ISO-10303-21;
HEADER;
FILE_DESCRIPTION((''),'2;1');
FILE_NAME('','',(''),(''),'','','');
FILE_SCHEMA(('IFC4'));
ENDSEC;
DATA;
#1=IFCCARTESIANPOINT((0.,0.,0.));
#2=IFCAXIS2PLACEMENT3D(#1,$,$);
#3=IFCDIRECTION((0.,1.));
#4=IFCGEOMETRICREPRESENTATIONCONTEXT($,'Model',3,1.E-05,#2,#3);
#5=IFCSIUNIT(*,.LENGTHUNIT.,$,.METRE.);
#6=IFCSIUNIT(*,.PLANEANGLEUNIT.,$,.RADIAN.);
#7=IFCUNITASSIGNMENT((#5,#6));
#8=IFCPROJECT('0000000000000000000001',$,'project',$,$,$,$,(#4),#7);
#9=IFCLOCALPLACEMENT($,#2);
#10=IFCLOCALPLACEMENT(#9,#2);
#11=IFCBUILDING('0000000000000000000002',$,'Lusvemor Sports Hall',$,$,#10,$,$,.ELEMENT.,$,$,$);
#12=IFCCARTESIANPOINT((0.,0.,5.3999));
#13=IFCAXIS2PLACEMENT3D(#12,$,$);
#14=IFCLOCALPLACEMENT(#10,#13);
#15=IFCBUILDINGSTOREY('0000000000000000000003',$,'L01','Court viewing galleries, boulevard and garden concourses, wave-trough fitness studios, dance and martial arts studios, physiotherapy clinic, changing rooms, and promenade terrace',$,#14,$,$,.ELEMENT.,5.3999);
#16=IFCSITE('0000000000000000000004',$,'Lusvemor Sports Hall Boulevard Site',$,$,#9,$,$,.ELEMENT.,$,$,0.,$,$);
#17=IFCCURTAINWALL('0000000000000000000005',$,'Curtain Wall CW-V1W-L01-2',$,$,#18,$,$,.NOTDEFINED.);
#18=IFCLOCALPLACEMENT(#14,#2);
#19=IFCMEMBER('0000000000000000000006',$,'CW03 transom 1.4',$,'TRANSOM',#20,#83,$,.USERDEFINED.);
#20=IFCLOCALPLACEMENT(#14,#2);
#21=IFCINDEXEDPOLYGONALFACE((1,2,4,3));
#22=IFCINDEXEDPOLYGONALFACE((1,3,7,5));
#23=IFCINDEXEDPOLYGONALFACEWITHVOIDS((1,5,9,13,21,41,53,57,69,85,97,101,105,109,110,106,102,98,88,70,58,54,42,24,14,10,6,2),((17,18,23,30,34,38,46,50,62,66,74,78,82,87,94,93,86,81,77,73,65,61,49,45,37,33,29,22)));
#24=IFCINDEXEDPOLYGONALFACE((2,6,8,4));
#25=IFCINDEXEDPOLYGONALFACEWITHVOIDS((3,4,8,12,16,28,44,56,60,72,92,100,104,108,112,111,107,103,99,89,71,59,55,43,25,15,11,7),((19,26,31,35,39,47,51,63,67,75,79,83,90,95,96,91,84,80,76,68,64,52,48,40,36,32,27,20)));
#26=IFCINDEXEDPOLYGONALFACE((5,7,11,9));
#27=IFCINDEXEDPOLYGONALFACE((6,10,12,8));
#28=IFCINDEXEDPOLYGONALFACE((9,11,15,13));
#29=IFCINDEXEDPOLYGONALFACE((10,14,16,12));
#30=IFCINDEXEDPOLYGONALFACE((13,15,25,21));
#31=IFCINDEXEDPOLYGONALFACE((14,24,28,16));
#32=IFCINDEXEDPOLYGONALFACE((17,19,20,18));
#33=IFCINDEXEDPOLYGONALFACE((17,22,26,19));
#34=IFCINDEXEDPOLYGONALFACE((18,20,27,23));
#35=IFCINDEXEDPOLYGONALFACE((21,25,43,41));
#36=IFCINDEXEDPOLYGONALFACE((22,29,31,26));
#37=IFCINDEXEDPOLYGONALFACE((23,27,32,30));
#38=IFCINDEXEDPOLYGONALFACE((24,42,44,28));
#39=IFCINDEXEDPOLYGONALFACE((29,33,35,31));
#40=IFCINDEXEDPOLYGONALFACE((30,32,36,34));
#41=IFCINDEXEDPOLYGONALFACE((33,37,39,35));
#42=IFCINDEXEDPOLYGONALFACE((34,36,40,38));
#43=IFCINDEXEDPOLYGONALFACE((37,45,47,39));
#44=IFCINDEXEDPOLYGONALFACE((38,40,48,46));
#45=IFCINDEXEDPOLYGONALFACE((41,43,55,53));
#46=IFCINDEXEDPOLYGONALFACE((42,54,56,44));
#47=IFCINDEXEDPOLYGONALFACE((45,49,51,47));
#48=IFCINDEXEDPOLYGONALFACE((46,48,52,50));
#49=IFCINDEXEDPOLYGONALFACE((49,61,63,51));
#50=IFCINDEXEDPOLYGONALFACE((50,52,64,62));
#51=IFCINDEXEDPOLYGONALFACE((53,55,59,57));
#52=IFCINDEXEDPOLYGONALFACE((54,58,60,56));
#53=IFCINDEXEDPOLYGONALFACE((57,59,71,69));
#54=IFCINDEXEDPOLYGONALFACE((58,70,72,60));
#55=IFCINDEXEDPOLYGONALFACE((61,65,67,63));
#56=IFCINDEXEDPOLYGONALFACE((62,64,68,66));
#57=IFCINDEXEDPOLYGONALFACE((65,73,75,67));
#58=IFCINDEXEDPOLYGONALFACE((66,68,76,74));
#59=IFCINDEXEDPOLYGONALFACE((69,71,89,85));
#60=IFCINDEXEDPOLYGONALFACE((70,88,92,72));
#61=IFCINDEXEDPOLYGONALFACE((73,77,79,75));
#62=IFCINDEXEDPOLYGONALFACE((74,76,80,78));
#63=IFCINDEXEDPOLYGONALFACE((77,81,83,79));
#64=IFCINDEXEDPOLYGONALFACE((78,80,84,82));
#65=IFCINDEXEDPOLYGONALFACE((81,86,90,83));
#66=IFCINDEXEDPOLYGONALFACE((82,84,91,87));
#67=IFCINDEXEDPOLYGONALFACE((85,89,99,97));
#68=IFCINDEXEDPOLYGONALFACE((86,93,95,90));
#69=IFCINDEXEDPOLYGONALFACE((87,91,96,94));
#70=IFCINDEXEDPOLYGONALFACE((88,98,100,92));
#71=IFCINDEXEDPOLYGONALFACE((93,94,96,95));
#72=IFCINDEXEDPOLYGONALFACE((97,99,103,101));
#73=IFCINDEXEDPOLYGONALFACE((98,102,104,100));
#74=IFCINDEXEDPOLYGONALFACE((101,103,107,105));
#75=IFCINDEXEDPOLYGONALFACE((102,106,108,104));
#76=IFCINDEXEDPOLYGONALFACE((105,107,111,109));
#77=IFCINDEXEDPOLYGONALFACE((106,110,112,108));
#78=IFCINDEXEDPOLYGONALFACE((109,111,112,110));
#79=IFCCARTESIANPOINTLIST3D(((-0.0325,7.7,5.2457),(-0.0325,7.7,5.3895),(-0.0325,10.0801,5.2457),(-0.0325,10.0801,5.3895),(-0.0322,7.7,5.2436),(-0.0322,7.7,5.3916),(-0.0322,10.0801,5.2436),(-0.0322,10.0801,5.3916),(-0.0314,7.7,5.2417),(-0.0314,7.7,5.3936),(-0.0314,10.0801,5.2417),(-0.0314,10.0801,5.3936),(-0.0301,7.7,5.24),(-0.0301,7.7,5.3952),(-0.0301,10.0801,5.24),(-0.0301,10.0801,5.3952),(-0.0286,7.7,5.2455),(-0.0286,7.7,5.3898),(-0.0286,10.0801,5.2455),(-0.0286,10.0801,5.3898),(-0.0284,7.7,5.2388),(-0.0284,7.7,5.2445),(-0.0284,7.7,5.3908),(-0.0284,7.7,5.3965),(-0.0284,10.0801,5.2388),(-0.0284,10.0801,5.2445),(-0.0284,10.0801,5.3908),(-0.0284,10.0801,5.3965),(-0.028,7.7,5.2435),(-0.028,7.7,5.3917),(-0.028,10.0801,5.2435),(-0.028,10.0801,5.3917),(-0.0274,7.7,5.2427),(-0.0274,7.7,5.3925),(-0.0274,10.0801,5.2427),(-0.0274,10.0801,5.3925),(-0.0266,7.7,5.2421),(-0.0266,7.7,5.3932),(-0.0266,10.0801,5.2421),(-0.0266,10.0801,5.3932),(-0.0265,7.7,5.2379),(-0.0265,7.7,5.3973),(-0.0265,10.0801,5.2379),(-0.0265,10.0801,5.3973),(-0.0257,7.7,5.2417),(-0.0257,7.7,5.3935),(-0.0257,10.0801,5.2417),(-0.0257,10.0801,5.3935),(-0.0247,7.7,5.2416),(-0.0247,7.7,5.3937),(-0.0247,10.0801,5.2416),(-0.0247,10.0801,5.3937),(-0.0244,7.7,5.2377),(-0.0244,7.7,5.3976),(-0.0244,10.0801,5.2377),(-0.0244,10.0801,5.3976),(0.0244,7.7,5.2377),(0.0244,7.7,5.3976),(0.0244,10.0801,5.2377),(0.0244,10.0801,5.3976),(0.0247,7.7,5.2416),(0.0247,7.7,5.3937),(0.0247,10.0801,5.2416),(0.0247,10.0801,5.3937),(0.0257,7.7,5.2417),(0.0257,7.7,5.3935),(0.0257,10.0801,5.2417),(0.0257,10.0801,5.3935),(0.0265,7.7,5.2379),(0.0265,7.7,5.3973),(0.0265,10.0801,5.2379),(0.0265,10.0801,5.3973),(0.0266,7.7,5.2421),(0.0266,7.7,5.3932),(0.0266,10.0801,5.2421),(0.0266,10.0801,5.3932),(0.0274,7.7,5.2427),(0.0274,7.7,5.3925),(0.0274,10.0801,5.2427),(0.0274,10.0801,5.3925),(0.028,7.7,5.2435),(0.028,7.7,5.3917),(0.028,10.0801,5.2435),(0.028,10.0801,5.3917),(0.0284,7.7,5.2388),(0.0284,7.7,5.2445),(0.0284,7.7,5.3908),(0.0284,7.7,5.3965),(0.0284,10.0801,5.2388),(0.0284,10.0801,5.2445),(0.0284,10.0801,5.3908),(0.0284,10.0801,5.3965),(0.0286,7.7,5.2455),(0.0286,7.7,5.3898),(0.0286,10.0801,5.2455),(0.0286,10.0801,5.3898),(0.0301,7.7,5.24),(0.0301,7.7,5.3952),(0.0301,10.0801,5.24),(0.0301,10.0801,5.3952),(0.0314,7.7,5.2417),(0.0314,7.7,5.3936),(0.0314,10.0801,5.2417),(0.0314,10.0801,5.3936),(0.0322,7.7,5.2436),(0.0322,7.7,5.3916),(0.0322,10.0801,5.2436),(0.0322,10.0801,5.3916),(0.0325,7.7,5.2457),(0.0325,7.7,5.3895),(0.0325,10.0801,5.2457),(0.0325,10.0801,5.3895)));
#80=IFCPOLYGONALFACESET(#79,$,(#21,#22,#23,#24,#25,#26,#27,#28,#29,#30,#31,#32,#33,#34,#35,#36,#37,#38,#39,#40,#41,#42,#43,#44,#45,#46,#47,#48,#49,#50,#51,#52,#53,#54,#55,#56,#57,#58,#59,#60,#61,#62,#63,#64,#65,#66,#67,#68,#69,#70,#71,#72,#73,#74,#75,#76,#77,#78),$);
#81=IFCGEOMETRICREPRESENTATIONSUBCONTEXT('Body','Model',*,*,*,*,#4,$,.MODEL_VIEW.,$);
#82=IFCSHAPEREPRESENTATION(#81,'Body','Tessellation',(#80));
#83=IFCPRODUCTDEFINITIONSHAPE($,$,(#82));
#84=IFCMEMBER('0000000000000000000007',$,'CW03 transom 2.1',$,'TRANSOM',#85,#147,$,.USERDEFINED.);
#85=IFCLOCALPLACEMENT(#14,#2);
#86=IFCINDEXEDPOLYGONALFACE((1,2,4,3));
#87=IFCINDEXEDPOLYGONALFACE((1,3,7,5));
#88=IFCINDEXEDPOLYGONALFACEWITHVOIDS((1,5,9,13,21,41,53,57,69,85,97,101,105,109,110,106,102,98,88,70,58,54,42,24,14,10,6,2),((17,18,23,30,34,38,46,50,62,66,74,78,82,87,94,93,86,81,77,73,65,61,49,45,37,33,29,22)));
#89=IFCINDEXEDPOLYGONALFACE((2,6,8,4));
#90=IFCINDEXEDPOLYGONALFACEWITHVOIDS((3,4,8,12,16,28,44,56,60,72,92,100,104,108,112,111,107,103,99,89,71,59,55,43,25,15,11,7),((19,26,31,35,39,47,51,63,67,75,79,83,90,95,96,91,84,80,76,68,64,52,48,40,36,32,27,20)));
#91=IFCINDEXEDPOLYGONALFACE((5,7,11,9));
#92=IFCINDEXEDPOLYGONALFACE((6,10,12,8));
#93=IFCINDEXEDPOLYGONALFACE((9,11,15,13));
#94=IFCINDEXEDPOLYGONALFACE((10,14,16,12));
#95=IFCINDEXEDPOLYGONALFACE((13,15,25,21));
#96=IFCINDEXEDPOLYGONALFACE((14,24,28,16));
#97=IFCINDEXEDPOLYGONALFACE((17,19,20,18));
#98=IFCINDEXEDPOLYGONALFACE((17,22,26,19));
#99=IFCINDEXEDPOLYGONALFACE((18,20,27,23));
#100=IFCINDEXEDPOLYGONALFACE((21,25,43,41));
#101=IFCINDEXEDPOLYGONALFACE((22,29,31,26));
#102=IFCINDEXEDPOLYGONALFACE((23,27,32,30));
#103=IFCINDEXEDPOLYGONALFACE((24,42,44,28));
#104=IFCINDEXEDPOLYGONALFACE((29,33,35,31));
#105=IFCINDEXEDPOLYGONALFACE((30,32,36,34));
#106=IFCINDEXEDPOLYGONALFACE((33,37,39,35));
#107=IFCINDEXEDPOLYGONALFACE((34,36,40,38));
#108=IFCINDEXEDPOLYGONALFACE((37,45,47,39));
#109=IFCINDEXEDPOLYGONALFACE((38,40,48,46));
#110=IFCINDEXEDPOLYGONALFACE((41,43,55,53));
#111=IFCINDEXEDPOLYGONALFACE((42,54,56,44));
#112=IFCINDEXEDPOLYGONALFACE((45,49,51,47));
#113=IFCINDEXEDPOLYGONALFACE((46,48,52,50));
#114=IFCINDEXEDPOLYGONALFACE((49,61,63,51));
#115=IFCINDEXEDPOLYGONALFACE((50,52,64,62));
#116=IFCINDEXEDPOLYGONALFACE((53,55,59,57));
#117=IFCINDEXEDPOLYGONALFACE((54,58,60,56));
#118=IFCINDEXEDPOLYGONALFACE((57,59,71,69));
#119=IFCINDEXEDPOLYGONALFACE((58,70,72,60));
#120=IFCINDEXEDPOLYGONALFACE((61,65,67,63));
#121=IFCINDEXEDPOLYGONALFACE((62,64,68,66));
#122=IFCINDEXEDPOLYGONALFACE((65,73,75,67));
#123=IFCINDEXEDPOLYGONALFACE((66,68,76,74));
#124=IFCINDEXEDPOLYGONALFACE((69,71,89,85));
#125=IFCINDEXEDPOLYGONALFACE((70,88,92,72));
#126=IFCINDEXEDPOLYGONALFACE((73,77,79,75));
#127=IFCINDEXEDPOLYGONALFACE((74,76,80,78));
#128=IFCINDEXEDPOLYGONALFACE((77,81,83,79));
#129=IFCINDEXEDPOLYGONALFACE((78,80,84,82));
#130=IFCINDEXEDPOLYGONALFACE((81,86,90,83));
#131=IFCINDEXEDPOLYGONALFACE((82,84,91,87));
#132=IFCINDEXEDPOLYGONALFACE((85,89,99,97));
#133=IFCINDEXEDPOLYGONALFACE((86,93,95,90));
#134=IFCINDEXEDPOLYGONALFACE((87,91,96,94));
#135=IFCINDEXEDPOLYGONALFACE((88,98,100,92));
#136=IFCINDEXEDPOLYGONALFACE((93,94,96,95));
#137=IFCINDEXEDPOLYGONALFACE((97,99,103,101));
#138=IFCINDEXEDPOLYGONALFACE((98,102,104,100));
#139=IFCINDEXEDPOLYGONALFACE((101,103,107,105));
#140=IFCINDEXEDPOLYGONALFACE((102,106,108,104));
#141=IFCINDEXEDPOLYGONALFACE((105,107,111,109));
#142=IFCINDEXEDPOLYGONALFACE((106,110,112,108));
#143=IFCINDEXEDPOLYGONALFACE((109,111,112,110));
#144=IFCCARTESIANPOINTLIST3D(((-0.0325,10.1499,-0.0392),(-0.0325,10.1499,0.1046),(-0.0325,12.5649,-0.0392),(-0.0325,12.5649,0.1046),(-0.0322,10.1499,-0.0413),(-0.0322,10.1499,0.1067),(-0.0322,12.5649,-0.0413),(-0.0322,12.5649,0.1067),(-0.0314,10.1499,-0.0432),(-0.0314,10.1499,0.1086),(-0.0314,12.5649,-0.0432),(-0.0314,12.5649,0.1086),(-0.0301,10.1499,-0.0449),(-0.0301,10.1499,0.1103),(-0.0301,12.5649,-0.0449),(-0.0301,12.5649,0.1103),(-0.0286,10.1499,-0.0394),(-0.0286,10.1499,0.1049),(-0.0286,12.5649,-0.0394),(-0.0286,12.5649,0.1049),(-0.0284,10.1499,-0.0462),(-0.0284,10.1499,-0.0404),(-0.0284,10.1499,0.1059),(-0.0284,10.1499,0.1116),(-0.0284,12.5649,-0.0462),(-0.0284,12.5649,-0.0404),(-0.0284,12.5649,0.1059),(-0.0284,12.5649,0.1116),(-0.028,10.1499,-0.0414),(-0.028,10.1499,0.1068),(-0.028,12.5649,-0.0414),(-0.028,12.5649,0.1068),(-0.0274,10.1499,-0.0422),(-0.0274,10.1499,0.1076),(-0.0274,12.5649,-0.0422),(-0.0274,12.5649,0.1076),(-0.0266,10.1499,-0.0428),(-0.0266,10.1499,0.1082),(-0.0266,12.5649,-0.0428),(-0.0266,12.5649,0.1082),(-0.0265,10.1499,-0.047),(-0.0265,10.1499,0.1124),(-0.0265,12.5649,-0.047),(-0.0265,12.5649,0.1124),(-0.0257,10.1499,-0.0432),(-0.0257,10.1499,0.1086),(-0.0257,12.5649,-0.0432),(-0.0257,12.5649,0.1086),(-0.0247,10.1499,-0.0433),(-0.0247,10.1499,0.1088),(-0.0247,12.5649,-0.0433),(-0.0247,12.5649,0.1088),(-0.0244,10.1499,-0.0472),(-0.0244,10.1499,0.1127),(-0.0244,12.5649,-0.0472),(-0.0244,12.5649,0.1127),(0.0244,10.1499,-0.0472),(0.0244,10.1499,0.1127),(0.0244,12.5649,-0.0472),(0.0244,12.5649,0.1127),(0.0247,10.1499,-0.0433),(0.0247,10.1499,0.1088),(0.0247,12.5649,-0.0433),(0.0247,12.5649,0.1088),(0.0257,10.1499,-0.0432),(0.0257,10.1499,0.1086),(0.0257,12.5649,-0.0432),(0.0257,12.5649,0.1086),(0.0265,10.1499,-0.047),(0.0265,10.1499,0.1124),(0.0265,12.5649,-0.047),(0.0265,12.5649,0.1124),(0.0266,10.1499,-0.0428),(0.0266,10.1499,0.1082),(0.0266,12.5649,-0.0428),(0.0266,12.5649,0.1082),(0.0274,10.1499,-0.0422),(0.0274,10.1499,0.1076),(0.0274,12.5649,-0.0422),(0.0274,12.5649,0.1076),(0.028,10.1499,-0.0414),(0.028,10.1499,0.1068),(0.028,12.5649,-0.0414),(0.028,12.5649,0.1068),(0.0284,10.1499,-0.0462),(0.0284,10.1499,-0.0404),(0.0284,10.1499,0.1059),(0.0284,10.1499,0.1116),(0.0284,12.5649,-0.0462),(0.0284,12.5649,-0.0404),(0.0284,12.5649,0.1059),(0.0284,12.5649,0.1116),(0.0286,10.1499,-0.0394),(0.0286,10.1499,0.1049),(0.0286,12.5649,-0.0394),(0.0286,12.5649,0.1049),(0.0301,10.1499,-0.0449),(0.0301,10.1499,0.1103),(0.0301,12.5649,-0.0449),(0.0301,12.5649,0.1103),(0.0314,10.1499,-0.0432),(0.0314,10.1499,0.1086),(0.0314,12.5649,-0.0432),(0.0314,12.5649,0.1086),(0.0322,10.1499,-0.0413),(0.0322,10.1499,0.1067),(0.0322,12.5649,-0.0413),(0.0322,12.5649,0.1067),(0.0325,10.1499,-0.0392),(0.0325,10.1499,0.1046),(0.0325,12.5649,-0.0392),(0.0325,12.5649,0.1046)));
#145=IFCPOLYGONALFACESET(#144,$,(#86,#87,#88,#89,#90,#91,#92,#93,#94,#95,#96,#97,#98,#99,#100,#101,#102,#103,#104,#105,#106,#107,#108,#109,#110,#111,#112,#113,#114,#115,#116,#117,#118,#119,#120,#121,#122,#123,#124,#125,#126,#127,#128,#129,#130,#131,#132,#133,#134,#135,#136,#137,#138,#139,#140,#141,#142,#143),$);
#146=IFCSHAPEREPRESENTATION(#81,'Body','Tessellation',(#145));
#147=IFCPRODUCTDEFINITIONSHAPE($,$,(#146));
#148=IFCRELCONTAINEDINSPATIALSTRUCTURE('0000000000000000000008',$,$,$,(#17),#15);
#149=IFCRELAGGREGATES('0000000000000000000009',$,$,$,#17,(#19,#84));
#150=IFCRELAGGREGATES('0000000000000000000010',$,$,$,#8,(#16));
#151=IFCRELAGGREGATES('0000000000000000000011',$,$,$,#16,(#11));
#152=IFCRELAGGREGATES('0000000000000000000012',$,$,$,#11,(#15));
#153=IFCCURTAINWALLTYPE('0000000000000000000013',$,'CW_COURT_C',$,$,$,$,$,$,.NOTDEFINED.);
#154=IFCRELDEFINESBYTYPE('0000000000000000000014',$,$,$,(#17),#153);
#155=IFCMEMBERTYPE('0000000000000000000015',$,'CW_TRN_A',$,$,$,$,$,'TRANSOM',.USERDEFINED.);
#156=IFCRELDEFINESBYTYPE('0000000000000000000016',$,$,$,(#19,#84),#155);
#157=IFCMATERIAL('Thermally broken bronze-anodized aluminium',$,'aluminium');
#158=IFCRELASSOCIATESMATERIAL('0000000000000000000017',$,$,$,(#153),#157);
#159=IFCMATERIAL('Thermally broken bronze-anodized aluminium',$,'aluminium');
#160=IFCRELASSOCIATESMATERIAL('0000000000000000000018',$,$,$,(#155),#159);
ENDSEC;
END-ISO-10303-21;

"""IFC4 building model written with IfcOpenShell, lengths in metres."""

from ifc_helpers import new_model, si_unit, direction, frame, origin, origin_2d, place, context, subcontext, project, spatial, hollow_rectangle, extrude, material, material_profile, profile_set, type_object, element, aggregate, save


model = new_model("IFC4")

# Units and contexts
model_context = context("Model", 3, precision=1e-05, world=origin(), true_north=direction((0.0, 1.0)))
body_context = subcontext(model_context, "Body", "Model", "MODEL_VIEW")
ifc_project = project(units=[si_unit("LENGTHUNIT", "METRE"), si_unit("PLANEANGLEUNIT", "RADIAN")], contexts=[model_context])

# Site, building, storey
site_placement = place(None, origin())
site = spatial("IfcSite", under=ifc_project, at=site_placement, Name="Lusvemor Sports Hall Boulevard Site", CompositionType="ELEMENT", RefElevation=0.0)
building_placement = place(site_placement, origin())
building = spatial("IfcBuilding", under=site, at=building_placement, Name="Lusvemor Sports Hall", CompositionType="ELEMENT")
storey_placement = place(building_placement, frame((0.0, 0.0, 5.3999)))
storey = spatial("IfcBuildingStorey", under=building, at=storey_placement, Name="L01", Description="Court viewing galleries, boulevard and garden concourses, wave-trough fitness studios, dance and martial arts studios, physiotherapy clinic, changing rooms, and promenade terrace", CompositionType="ELEMENT", Elevation=5.3999)

# Curtain wall, members
ifc_material_1 = material(Name="Thermally broken bronze-anodized aluminium", Category="aluminium")
curtain_wall_type = type_object("IfcCurtainWallType", Name="CW_COURT_C", PredefinedType="NOTDEFINED", material=ifc_material_1)
curtain_wall_placement = place(storey_placement, origin())
curtain_wall = element("IfcCurtainWall", 1, at=curtain_wall_placement, inside=storey, type_object=curtain_wall_type, Name="Curtain Wall CW-V1W-L01-2", PredefinedType="NOTDEFINED")
ifc_material_2 = material(Name="Thermally broken bronze-anodized aluminium", Category="aluminium")
ifc_material_profile_1 = material_profile(ifc_material_2, hollow_rectangle(XDim=0.0649, YDim=0.1599, WallThickness=0.0039, InnerFilletRadius=0.0039, OuterFilletRadius=0.0081, at=origin_2d()), Name="CWTRN160x65x4")
ifc_profile_set_1 = profile_set([ifc_material_profile_1], Name="Thermally broken bronze-anodized aluminium")
member_type_1 = type_object("IfcMemberType", Name="CW_TRN_A", ElementType="TRANSOM", PredefinedType="USERDEFINED", material=ifc_profile_set_1)
member_1_placement = place(storey_placement, frame((0.0, 7.7, 5.3176), z_axis=(0.0, 1.0, 0.0), x_axis=(-1.0, 0.0, 0.0)))
member_1 = element("IfcMember", 2, at=member_1_placement, type_object=member_type_1, Name="CW03 transom 1.4", ObjectType="TRANSOM", PredefinedType="USERDEFINED", context=body_context, shape_type="SweptSolid", body=[
    extrude(hollow_rectangle(XDim=0.0649, YDim=0.1599, WallThickness=0.0039, InnerFilletRadius=0.0039, OuterFilletRadius=0.0081, at=origin_2d()), origin(), (0.0, 0.0, 1.0), 2.3801),
])
member_2_placement = place(storey_placement, frame((0.0, 10.1499, 0.0327), z_axis=(0.0, 1.0, 0.0), x_axis=(-1.0, 0.0, 0.0)))
member_2 = element("IfcMember", 3, at=member_2_placement, type_object=member_type_1, Name="CW03 transom 2.1", ObjectType="TRANSOM", PredefinedType="USERDEFINED", context=body_context, shape_type="SweptSolid", body=[
    extrude(hollow_rectangle(XDim=0.0649, YDim=0.1599, WallThickness=0.0039, InnerFilletRadius=0.0039, OuterFilletRadius=0.0081, at=origin_2d()), origin(), (0.0, 0.0, 1.0), 2.415),
])
aggregate(curtain_wall, [member_1, member_2])

save(model, "model.ifc")
